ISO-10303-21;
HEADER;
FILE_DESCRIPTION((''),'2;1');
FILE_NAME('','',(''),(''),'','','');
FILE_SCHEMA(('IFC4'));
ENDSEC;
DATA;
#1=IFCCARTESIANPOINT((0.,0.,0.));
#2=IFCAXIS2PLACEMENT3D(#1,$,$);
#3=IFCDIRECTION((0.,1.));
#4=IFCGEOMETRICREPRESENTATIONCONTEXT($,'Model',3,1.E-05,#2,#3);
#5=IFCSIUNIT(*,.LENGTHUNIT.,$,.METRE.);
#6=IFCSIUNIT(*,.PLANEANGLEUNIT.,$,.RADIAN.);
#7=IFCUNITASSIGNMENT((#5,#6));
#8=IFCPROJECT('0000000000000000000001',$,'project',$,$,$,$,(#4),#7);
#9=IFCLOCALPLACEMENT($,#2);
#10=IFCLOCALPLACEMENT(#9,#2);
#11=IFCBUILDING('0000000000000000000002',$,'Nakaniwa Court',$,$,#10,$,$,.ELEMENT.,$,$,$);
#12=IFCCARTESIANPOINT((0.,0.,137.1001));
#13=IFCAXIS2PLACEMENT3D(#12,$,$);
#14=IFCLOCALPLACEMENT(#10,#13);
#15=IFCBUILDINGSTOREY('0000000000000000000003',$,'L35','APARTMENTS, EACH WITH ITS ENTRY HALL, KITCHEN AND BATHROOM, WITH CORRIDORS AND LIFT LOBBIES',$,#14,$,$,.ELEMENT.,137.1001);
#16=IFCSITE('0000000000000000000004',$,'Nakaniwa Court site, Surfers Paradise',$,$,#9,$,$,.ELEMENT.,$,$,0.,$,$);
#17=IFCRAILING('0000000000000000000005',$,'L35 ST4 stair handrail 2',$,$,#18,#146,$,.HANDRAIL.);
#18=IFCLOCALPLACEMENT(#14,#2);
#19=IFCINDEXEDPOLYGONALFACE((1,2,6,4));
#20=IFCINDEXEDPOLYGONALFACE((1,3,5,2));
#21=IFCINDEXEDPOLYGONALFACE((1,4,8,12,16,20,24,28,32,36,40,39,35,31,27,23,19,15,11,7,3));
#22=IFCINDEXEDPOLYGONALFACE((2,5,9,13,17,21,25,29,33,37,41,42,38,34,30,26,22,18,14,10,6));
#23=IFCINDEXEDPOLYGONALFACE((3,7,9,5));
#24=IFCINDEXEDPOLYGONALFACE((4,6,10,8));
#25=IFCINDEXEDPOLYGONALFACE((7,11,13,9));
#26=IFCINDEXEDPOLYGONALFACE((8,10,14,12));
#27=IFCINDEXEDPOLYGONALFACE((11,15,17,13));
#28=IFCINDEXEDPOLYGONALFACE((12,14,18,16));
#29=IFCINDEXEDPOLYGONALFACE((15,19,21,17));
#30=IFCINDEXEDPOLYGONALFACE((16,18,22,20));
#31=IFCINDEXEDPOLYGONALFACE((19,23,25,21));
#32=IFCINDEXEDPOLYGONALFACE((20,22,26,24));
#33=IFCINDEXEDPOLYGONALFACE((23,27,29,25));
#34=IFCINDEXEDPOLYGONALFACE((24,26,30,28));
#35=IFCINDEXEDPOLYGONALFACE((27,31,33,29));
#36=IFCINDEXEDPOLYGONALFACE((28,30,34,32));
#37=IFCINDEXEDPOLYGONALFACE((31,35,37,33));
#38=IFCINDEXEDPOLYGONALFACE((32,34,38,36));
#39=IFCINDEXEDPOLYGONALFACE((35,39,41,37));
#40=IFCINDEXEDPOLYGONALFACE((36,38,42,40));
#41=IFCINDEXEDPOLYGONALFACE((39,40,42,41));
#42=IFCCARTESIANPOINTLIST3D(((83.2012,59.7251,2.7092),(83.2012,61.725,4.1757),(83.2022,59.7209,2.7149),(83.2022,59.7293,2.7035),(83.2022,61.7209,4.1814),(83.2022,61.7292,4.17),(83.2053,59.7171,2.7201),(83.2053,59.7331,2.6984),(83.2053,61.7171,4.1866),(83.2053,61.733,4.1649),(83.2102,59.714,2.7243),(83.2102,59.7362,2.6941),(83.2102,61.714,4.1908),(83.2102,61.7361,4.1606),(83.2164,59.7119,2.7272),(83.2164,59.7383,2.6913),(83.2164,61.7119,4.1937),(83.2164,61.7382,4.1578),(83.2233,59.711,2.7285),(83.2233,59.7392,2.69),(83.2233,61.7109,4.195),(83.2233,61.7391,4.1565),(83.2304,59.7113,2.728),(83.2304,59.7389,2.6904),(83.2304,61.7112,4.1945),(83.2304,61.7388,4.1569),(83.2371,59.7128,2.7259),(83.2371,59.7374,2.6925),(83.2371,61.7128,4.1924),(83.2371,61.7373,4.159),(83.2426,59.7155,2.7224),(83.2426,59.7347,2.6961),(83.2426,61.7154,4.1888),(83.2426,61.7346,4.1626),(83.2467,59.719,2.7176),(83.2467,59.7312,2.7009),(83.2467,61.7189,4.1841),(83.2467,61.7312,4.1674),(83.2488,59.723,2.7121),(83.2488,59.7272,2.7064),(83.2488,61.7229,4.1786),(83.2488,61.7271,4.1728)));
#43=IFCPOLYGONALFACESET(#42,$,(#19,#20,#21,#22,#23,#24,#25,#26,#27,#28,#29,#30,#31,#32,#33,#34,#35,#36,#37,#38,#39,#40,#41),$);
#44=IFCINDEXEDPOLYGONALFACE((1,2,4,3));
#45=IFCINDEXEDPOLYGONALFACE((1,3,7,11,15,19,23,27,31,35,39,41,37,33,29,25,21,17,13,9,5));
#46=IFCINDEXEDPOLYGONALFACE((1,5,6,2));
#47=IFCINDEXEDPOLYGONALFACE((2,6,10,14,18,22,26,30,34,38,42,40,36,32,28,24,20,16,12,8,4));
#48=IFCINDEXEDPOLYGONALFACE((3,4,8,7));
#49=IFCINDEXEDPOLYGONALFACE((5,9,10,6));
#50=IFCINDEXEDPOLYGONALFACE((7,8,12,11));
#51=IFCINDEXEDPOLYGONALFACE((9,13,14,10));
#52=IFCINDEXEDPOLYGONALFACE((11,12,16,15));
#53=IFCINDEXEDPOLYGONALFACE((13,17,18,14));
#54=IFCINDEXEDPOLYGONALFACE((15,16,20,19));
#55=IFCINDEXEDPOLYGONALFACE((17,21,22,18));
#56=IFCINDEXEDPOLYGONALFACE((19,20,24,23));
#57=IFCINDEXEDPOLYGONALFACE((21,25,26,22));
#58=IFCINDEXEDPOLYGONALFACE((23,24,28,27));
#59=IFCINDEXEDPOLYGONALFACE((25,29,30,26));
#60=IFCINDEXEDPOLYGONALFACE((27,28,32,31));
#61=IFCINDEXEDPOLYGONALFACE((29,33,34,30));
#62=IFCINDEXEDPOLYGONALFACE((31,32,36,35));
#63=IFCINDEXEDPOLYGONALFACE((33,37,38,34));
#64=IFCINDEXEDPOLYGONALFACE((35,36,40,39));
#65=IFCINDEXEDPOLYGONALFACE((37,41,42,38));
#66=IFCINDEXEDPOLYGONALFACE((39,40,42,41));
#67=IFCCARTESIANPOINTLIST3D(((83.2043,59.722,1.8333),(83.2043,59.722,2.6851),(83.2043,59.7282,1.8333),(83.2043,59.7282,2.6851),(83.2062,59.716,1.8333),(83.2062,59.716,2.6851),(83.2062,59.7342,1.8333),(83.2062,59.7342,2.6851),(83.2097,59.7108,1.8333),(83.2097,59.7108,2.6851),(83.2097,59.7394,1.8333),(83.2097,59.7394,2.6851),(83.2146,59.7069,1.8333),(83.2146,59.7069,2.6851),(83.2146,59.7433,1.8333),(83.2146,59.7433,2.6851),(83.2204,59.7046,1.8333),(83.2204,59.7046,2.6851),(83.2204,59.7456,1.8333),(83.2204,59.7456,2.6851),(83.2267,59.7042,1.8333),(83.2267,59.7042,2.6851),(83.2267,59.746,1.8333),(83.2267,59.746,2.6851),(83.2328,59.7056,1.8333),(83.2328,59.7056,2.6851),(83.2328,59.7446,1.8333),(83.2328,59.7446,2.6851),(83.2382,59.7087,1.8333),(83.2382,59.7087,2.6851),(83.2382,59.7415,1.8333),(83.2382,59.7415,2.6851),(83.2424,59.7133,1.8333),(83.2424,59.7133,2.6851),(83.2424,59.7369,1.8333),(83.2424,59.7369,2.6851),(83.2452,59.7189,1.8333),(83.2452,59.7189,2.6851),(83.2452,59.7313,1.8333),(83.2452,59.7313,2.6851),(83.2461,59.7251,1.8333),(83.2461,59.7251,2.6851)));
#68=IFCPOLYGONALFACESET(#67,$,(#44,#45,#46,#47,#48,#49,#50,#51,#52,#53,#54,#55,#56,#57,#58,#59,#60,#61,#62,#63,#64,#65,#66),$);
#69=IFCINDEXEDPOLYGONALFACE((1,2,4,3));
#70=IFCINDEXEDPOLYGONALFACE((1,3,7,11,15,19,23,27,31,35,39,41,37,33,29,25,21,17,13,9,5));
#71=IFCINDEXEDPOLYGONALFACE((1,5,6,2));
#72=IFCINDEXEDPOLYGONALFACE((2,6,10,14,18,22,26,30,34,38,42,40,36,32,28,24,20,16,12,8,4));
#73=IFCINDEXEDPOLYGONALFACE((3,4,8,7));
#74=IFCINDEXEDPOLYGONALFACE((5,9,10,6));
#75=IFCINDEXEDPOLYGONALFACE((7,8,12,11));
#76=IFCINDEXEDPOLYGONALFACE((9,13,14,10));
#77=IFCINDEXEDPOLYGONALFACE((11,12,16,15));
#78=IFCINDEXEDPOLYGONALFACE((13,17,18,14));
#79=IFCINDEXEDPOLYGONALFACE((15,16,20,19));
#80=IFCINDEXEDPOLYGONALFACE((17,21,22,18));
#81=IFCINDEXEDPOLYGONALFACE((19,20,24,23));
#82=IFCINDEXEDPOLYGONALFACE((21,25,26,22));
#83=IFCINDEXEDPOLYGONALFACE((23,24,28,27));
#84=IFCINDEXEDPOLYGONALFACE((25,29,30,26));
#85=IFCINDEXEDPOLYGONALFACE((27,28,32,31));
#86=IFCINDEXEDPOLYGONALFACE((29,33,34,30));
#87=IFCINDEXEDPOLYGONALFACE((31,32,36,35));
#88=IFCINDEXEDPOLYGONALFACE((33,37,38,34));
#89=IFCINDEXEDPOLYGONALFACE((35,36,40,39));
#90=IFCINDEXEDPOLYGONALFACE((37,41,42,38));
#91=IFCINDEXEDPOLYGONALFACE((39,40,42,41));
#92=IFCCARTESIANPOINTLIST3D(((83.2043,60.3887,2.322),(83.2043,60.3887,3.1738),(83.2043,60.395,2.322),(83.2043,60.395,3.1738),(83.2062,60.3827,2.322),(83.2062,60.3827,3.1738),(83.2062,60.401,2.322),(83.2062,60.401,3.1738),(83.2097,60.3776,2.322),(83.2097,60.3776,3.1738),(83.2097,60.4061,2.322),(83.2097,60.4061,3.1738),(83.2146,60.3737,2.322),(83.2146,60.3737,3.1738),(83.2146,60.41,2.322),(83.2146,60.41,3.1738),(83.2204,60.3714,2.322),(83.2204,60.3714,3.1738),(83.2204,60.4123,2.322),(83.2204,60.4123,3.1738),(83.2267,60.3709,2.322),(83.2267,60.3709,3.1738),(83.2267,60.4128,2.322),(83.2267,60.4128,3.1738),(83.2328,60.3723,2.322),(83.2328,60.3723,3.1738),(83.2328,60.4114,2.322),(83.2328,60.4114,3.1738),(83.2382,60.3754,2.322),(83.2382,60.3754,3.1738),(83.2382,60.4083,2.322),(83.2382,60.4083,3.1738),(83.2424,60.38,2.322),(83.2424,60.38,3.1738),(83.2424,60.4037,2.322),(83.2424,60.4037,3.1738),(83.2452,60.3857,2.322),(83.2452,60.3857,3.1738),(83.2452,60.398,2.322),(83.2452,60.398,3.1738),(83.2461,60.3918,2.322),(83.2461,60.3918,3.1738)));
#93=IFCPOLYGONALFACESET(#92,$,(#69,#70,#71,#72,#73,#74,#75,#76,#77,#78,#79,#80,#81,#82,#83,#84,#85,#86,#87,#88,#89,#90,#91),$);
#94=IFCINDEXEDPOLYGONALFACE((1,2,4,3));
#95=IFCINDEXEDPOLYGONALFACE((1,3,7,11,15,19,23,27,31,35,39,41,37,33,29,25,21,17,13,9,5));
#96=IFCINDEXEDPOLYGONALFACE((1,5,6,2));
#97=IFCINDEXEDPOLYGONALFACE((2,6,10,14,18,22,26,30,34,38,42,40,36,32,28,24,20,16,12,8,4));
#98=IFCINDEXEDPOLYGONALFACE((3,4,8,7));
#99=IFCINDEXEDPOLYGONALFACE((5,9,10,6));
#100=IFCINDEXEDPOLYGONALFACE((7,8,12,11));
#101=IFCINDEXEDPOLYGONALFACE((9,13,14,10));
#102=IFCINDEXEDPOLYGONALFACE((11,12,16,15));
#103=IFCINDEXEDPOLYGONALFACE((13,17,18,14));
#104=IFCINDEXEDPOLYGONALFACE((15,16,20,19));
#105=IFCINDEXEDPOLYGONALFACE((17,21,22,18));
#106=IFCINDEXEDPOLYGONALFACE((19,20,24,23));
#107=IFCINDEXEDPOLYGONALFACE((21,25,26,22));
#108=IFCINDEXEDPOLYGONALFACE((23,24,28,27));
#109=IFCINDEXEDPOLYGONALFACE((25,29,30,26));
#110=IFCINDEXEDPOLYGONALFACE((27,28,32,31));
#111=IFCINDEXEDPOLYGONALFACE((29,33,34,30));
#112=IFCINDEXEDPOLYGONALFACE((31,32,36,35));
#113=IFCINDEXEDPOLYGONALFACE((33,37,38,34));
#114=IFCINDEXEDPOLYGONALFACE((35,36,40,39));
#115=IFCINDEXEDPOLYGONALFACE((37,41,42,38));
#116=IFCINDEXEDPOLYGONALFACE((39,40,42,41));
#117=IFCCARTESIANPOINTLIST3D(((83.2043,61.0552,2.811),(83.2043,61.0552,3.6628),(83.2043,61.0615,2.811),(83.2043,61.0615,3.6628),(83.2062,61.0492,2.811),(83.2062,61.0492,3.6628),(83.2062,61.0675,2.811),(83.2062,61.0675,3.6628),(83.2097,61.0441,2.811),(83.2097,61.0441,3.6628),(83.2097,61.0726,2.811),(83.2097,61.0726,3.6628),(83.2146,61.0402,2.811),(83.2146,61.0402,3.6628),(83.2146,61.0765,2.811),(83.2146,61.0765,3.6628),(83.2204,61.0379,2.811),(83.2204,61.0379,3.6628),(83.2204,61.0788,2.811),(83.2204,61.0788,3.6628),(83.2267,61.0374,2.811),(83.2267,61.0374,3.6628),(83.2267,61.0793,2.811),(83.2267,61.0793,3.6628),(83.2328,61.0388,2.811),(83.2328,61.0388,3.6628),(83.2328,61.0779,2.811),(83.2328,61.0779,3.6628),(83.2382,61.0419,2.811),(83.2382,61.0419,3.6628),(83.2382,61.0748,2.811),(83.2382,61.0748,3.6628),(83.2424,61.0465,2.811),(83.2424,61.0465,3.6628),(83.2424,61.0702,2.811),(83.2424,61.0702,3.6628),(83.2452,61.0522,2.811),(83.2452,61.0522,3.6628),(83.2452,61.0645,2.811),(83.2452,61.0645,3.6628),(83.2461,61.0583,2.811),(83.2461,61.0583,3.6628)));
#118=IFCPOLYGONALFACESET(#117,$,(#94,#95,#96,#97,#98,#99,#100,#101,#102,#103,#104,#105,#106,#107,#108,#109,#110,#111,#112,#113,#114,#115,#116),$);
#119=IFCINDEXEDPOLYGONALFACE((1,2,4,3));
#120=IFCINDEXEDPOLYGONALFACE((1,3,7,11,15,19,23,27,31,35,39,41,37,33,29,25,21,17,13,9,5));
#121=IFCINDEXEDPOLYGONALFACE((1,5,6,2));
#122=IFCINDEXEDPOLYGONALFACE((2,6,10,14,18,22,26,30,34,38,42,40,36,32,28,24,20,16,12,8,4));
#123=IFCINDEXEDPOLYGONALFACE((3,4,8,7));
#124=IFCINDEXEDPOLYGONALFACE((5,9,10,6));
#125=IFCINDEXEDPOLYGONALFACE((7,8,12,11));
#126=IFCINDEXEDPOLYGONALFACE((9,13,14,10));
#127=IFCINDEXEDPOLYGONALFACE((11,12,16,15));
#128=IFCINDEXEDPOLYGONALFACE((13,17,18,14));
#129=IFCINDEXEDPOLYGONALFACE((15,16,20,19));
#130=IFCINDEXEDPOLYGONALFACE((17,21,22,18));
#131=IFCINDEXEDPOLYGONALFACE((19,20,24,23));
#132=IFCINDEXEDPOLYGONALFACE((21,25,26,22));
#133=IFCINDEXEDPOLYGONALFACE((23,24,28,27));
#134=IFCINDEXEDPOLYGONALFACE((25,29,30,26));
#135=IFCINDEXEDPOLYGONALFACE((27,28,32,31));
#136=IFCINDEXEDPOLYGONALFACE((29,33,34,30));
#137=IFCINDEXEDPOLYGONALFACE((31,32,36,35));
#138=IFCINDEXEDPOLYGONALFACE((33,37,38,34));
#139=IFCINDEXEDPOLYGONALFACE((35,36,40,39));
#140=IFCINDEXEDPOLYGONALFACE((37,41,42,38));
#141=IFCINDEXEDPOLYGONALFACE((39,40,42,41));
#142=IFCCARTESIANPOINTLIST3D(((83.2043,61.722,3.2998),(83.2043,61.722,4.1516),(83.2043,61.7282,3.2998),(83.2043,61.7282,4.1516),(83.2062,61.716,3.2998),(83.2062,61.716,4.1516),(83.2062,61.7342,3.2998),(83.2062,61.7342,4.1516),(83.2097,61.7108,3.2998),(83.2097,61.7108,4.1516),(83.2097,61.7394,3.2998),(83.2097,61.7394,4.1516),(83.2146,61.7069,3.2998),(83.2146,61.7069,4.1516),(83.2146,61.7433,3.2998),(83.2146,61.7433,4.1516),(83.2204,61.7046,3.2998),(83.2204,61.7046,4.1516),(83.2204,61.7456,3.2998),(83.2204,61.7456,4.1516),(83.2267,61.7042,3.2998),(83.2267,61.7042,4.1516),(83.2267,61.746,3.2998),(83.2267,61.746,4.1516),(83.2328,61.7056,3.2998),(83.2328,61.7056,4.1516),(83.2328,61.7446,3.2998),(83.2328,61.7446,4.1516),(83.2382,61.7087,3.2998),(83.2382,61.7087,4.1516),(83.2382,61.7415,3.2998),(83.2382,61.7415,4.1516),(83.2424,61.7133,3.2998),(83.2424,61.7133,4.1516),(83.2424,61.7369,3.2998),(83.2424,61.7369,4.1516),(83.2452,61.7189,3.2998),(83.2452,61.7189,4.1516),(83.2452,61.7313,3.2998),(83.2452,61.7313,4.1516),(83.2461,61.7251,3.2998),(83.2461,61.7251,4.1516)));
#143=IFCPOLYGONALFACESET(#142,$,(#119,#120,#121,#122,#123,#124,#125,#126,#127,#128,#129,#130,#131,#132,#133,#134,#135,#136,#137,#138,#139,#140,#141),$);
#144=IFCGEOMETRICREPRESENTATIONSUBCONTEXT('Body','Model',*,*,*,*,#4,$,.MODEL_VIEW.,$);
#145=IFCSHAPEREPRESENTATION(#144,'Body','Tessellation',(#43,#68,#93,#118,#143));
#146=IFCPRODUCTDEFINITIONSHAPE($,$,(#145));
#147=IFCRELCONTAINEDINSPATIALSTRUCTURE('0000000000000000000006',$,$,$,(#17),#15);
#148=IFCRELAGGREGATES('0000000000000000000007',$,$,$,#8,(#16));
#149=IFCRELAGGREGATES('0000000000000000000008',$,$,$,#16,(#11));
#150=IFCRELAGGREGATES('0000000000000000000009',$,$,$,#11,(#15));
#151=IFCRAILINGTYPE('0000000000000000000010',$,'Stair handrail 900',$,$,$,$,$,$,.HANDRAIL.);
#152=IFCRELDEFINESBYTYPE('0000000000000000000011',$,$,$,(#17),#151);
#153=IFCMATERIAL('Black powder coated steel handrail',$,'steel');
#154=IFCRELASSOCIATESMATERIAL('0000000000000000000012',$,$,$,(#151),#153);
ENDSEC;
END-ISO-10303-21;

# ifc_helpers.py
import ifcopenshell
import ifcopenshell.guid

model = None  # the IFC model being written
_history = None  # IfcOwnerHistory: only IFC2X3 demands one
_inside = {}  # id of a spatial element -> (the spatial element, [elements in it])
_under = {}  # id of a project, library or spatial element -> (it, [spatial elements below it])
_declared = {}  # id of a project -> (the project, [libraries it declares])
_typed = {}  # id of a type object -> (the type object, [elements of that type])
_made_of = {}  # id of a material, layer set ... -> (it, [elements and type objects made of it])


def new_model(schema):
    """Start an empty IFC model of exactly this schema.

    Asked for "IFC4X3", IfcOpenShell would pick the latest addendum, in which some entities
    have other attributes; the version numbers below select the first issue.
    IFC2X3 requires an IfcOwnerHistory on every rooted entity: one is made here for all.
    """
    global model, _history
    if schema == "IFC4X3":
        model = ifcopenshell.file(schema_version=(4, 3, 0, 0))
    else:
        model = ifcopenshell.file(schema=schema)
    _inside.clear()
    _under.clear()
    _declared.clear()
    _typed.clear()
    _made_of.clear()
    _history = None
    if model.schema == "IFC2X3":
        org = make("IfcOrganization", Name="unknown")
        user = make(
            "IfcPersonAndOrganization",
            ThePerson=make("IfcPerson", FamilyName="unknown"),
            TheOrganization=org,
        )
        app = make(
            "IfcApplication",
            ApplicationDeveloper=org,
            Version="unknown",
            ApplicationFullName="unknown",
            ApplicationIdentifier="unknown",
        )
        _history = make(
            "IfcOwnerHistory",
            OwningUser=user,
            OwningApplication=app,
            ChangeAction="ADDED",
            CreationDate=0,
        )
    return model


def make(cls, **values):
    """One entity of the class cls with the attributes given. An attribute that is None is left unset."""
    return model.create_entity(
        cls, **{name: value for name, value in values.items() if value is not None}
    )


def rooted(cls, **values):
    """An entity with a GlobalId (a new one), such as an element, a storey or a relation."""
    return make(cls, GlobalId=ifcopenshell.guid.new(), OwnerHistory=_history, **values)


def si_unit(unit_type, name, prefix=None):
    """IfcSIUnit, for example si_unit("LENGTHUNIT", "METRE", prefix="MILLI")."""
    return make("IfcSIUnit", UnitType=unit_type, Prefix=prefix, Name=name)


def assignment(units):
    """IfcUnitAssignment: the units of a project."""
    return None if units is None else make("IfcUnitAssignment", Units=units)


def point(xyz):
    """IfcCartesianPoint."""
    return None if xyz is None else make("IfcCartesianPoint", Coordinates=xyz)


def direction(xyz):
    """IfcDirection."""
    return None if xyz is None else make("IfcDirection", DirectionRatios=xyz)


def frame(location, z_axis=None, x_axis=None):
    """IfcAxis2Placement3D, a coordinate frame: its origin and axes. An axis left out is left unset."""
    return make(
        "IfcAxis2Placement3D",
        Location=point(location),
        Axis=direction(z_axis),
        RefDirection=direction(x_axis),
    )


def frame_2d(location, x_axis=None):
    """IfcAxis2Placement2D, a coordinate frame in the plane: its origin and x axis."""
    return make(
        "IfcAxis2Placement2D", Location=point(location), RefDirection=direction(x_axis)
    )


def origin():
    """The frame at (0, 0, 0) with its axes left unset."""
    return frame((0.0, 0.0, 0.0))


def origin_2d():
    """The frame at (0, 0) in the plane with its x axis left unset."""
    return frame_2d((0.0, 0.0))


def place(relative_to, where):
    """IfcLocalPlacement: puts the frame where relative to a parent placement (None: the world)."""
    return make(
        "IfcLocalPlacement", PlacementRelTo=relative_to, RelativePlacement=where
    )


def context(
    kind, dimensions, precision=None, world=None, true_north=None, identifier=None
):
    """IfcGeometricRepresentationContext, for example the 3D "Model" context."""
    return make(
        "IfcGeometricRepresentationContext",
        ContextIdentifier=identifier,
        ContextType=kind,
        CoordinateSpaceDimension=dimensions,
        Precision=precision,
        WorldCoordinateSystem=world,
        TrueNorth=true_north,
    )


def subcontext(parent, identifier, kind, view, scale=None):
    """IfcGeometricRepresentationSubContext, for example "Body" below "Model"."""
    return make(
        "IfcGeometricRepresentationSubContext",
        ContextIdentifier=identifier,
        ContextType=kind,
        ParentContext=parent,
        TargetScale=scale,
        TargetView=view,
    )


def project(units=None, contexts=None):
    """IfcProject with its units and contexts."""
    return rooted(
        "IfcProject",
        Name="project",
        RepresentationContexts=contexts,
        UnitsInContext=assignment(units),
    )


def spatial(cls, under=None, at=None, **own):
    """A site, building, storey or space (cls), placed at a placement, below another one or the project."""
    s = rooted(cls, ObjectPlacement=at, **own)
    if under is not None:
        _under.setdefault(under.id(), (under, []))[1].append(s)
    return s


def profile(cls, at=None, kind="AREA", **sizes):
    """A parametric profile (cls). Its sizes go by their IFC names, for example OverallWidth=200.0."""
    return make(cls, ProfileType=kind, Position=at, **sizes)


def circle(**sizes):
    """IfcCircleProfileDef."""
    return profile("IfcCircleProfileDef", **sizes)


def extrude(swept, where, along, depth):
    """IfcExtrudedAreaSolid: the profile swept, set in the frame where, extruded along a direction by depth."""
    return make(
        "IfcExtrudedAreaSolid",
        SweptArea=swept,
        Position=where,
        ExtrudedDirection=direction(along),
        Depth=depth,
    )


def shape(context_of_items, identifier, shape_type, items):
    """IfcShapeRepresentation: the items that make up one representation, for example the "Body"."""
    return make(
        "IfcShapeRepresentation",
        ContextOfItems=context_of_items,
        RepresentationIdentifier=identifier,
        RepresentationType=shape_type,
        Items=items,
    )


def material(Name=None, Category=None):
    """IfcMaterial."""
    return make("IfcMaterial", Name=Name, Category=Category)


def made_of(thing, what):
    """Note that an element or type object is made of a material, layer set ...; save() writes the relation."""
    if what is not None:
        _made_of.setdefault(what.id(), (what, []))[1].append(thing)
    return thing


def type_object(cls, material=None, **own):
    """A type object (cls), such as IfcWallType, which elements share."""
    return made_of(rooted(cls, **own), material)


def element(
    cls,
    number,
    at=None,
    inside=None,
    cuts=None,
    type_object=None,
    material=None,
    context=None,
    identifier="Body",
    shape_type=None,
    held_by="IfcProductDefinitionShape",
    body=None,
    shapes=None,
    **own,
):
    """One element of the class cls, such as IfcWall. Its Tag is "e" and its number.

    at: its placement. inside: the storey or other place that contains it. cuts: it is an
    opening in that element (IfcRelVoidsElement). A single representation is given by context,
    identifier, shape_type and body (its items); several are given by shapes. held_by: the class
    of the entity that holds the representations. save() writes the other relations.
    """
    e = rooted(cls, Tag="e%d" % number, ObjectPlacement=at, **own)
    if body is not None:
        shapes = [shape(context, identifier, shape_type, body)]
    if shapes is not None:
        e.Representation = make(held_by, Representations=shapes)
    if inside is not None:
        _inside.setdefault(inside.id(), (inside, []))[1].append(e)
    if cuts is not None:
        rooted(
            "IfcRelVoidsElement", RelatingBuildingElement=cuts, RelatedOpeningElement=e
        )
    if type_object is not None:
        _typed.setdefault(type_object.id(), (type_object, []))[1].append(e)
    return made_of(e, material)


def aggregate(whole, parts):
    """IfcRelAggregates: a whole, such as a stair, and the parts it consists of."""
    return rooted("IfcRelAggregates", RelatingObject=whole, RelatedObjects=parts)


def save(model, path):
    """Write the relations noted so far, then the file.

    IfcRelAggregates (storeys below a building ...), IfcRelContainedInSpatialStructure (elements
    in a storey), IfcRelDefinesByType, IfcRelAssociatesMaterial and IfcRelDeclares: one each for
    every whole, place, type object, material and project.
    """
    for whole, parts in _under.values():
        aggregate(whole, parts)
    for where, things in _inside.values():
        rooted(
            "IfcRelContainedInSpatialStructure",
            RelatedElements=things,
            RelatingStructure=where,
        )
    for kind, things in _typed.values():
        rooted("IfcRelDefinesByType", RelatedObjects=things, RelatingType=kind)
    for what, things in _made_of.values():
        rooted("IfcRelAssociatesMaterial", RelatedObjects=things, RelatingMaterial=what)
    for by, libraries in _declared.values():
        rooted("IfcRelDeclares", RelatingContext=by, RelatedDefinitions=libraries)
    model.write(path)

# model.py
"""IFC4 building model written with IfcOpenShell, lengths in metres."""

from ifc_helpers import new_model, si_unit, direction, frame, origin, origin_2d, place, context, subcontext, project, spatial, circle, extrude, material, type_object, element, save


model = new_model("IFC4")

# Units and contexts
model_context = context("Model", 3, precision=1e-05, world=origin(), true_north=direction((0.0, 1.0)))
body_context = subcontext(model_context, "Body", "Model", "MODEL_VIEW")
ifc_project = project(units=[si_unit("LENGTHUNIT", "METRE"), si_unit("PLANEANGLEUNIT", "RADIAN")], contexts=[model_context])

# Site, building, storey
site_placement = place(None, origin())
site = spatial("IfcSite", under=ifc_project, at=site_placement, Name="Nakaniwa Court site, Surfers Paradise", CompositionType="ELEMENT", RefElevation=0.0)
building_placement = place(site_placement, origin())
building = spatial("IfcBuilding", under=site, at=building_placement, Name="Nakaniwa Court", CompositionType="ELEMENT")
storey_placement = place(building_placement, frame((0.0, 0.0, 137.1001)))
storey = spatial("IfcBuildingStorey", under=building, at=storey_placement, Name="L35", Description="APARTMENTS, EACH WITH ITS ENTRY HALL, KITCHEN AND BATHROOM, WITH CORRIDORS AND LIFT LOBBIES", CompositionType="ELEMENT", Elevation=137.1001)

# Railing
ifc_material_1 = material(Name="Black powder coated steel handrail", Category="steel")
railing_type_1 = type_object("IfcRailingType", Name="Stair handrail 900", PredefinedType="HANDRAIL", material=ifc_material_1)
railing_1_placement = place(storey_placement, frame((83.2251, 59.7251, 1.8333)))
element("IfcRailing", 1, at=railing_1_placement, inside=storey, type_object=railing_type_1, Name="L35 ST4 stair handrail 2", PredefinedType="HANDRAIL", context=body_context, shape_type="SweptSolid", body=[
    extrude(circle(Radius=0.0239, at=origin_2d()), frame((0.0, 0.0, 0.876), z_axis=(0.0, 0.806427, 0.591334), x_axis=(-1.0, 0.0, 0.0)), (0.0, 0.0, 1.0), 2.48),
    extrude(circle(Radius=0.021, at=origin_2d()), origin(), (0.0, 0.0, 1.0), 0.8518),
    extrude(circle(Radius=0.021, at=origin_2d()), frame((0.0, 0.6667, 0.4888)), (0.0, 0.0, 1.0), 0.8518),
    extrude(circle(Radius=0.021, at=origin_2d()), frame((0.0, 1.3333, 0.9778)), (0.0, 0.0, 1.0), 0.8518),
    extrude(circle(Radius=0.021, at=origin_2d()), frame((0.0, 2.0, 1.4666)), (0.0, 0.0, 1.0), 0.8518),
])

save(model, "model.ifc")
